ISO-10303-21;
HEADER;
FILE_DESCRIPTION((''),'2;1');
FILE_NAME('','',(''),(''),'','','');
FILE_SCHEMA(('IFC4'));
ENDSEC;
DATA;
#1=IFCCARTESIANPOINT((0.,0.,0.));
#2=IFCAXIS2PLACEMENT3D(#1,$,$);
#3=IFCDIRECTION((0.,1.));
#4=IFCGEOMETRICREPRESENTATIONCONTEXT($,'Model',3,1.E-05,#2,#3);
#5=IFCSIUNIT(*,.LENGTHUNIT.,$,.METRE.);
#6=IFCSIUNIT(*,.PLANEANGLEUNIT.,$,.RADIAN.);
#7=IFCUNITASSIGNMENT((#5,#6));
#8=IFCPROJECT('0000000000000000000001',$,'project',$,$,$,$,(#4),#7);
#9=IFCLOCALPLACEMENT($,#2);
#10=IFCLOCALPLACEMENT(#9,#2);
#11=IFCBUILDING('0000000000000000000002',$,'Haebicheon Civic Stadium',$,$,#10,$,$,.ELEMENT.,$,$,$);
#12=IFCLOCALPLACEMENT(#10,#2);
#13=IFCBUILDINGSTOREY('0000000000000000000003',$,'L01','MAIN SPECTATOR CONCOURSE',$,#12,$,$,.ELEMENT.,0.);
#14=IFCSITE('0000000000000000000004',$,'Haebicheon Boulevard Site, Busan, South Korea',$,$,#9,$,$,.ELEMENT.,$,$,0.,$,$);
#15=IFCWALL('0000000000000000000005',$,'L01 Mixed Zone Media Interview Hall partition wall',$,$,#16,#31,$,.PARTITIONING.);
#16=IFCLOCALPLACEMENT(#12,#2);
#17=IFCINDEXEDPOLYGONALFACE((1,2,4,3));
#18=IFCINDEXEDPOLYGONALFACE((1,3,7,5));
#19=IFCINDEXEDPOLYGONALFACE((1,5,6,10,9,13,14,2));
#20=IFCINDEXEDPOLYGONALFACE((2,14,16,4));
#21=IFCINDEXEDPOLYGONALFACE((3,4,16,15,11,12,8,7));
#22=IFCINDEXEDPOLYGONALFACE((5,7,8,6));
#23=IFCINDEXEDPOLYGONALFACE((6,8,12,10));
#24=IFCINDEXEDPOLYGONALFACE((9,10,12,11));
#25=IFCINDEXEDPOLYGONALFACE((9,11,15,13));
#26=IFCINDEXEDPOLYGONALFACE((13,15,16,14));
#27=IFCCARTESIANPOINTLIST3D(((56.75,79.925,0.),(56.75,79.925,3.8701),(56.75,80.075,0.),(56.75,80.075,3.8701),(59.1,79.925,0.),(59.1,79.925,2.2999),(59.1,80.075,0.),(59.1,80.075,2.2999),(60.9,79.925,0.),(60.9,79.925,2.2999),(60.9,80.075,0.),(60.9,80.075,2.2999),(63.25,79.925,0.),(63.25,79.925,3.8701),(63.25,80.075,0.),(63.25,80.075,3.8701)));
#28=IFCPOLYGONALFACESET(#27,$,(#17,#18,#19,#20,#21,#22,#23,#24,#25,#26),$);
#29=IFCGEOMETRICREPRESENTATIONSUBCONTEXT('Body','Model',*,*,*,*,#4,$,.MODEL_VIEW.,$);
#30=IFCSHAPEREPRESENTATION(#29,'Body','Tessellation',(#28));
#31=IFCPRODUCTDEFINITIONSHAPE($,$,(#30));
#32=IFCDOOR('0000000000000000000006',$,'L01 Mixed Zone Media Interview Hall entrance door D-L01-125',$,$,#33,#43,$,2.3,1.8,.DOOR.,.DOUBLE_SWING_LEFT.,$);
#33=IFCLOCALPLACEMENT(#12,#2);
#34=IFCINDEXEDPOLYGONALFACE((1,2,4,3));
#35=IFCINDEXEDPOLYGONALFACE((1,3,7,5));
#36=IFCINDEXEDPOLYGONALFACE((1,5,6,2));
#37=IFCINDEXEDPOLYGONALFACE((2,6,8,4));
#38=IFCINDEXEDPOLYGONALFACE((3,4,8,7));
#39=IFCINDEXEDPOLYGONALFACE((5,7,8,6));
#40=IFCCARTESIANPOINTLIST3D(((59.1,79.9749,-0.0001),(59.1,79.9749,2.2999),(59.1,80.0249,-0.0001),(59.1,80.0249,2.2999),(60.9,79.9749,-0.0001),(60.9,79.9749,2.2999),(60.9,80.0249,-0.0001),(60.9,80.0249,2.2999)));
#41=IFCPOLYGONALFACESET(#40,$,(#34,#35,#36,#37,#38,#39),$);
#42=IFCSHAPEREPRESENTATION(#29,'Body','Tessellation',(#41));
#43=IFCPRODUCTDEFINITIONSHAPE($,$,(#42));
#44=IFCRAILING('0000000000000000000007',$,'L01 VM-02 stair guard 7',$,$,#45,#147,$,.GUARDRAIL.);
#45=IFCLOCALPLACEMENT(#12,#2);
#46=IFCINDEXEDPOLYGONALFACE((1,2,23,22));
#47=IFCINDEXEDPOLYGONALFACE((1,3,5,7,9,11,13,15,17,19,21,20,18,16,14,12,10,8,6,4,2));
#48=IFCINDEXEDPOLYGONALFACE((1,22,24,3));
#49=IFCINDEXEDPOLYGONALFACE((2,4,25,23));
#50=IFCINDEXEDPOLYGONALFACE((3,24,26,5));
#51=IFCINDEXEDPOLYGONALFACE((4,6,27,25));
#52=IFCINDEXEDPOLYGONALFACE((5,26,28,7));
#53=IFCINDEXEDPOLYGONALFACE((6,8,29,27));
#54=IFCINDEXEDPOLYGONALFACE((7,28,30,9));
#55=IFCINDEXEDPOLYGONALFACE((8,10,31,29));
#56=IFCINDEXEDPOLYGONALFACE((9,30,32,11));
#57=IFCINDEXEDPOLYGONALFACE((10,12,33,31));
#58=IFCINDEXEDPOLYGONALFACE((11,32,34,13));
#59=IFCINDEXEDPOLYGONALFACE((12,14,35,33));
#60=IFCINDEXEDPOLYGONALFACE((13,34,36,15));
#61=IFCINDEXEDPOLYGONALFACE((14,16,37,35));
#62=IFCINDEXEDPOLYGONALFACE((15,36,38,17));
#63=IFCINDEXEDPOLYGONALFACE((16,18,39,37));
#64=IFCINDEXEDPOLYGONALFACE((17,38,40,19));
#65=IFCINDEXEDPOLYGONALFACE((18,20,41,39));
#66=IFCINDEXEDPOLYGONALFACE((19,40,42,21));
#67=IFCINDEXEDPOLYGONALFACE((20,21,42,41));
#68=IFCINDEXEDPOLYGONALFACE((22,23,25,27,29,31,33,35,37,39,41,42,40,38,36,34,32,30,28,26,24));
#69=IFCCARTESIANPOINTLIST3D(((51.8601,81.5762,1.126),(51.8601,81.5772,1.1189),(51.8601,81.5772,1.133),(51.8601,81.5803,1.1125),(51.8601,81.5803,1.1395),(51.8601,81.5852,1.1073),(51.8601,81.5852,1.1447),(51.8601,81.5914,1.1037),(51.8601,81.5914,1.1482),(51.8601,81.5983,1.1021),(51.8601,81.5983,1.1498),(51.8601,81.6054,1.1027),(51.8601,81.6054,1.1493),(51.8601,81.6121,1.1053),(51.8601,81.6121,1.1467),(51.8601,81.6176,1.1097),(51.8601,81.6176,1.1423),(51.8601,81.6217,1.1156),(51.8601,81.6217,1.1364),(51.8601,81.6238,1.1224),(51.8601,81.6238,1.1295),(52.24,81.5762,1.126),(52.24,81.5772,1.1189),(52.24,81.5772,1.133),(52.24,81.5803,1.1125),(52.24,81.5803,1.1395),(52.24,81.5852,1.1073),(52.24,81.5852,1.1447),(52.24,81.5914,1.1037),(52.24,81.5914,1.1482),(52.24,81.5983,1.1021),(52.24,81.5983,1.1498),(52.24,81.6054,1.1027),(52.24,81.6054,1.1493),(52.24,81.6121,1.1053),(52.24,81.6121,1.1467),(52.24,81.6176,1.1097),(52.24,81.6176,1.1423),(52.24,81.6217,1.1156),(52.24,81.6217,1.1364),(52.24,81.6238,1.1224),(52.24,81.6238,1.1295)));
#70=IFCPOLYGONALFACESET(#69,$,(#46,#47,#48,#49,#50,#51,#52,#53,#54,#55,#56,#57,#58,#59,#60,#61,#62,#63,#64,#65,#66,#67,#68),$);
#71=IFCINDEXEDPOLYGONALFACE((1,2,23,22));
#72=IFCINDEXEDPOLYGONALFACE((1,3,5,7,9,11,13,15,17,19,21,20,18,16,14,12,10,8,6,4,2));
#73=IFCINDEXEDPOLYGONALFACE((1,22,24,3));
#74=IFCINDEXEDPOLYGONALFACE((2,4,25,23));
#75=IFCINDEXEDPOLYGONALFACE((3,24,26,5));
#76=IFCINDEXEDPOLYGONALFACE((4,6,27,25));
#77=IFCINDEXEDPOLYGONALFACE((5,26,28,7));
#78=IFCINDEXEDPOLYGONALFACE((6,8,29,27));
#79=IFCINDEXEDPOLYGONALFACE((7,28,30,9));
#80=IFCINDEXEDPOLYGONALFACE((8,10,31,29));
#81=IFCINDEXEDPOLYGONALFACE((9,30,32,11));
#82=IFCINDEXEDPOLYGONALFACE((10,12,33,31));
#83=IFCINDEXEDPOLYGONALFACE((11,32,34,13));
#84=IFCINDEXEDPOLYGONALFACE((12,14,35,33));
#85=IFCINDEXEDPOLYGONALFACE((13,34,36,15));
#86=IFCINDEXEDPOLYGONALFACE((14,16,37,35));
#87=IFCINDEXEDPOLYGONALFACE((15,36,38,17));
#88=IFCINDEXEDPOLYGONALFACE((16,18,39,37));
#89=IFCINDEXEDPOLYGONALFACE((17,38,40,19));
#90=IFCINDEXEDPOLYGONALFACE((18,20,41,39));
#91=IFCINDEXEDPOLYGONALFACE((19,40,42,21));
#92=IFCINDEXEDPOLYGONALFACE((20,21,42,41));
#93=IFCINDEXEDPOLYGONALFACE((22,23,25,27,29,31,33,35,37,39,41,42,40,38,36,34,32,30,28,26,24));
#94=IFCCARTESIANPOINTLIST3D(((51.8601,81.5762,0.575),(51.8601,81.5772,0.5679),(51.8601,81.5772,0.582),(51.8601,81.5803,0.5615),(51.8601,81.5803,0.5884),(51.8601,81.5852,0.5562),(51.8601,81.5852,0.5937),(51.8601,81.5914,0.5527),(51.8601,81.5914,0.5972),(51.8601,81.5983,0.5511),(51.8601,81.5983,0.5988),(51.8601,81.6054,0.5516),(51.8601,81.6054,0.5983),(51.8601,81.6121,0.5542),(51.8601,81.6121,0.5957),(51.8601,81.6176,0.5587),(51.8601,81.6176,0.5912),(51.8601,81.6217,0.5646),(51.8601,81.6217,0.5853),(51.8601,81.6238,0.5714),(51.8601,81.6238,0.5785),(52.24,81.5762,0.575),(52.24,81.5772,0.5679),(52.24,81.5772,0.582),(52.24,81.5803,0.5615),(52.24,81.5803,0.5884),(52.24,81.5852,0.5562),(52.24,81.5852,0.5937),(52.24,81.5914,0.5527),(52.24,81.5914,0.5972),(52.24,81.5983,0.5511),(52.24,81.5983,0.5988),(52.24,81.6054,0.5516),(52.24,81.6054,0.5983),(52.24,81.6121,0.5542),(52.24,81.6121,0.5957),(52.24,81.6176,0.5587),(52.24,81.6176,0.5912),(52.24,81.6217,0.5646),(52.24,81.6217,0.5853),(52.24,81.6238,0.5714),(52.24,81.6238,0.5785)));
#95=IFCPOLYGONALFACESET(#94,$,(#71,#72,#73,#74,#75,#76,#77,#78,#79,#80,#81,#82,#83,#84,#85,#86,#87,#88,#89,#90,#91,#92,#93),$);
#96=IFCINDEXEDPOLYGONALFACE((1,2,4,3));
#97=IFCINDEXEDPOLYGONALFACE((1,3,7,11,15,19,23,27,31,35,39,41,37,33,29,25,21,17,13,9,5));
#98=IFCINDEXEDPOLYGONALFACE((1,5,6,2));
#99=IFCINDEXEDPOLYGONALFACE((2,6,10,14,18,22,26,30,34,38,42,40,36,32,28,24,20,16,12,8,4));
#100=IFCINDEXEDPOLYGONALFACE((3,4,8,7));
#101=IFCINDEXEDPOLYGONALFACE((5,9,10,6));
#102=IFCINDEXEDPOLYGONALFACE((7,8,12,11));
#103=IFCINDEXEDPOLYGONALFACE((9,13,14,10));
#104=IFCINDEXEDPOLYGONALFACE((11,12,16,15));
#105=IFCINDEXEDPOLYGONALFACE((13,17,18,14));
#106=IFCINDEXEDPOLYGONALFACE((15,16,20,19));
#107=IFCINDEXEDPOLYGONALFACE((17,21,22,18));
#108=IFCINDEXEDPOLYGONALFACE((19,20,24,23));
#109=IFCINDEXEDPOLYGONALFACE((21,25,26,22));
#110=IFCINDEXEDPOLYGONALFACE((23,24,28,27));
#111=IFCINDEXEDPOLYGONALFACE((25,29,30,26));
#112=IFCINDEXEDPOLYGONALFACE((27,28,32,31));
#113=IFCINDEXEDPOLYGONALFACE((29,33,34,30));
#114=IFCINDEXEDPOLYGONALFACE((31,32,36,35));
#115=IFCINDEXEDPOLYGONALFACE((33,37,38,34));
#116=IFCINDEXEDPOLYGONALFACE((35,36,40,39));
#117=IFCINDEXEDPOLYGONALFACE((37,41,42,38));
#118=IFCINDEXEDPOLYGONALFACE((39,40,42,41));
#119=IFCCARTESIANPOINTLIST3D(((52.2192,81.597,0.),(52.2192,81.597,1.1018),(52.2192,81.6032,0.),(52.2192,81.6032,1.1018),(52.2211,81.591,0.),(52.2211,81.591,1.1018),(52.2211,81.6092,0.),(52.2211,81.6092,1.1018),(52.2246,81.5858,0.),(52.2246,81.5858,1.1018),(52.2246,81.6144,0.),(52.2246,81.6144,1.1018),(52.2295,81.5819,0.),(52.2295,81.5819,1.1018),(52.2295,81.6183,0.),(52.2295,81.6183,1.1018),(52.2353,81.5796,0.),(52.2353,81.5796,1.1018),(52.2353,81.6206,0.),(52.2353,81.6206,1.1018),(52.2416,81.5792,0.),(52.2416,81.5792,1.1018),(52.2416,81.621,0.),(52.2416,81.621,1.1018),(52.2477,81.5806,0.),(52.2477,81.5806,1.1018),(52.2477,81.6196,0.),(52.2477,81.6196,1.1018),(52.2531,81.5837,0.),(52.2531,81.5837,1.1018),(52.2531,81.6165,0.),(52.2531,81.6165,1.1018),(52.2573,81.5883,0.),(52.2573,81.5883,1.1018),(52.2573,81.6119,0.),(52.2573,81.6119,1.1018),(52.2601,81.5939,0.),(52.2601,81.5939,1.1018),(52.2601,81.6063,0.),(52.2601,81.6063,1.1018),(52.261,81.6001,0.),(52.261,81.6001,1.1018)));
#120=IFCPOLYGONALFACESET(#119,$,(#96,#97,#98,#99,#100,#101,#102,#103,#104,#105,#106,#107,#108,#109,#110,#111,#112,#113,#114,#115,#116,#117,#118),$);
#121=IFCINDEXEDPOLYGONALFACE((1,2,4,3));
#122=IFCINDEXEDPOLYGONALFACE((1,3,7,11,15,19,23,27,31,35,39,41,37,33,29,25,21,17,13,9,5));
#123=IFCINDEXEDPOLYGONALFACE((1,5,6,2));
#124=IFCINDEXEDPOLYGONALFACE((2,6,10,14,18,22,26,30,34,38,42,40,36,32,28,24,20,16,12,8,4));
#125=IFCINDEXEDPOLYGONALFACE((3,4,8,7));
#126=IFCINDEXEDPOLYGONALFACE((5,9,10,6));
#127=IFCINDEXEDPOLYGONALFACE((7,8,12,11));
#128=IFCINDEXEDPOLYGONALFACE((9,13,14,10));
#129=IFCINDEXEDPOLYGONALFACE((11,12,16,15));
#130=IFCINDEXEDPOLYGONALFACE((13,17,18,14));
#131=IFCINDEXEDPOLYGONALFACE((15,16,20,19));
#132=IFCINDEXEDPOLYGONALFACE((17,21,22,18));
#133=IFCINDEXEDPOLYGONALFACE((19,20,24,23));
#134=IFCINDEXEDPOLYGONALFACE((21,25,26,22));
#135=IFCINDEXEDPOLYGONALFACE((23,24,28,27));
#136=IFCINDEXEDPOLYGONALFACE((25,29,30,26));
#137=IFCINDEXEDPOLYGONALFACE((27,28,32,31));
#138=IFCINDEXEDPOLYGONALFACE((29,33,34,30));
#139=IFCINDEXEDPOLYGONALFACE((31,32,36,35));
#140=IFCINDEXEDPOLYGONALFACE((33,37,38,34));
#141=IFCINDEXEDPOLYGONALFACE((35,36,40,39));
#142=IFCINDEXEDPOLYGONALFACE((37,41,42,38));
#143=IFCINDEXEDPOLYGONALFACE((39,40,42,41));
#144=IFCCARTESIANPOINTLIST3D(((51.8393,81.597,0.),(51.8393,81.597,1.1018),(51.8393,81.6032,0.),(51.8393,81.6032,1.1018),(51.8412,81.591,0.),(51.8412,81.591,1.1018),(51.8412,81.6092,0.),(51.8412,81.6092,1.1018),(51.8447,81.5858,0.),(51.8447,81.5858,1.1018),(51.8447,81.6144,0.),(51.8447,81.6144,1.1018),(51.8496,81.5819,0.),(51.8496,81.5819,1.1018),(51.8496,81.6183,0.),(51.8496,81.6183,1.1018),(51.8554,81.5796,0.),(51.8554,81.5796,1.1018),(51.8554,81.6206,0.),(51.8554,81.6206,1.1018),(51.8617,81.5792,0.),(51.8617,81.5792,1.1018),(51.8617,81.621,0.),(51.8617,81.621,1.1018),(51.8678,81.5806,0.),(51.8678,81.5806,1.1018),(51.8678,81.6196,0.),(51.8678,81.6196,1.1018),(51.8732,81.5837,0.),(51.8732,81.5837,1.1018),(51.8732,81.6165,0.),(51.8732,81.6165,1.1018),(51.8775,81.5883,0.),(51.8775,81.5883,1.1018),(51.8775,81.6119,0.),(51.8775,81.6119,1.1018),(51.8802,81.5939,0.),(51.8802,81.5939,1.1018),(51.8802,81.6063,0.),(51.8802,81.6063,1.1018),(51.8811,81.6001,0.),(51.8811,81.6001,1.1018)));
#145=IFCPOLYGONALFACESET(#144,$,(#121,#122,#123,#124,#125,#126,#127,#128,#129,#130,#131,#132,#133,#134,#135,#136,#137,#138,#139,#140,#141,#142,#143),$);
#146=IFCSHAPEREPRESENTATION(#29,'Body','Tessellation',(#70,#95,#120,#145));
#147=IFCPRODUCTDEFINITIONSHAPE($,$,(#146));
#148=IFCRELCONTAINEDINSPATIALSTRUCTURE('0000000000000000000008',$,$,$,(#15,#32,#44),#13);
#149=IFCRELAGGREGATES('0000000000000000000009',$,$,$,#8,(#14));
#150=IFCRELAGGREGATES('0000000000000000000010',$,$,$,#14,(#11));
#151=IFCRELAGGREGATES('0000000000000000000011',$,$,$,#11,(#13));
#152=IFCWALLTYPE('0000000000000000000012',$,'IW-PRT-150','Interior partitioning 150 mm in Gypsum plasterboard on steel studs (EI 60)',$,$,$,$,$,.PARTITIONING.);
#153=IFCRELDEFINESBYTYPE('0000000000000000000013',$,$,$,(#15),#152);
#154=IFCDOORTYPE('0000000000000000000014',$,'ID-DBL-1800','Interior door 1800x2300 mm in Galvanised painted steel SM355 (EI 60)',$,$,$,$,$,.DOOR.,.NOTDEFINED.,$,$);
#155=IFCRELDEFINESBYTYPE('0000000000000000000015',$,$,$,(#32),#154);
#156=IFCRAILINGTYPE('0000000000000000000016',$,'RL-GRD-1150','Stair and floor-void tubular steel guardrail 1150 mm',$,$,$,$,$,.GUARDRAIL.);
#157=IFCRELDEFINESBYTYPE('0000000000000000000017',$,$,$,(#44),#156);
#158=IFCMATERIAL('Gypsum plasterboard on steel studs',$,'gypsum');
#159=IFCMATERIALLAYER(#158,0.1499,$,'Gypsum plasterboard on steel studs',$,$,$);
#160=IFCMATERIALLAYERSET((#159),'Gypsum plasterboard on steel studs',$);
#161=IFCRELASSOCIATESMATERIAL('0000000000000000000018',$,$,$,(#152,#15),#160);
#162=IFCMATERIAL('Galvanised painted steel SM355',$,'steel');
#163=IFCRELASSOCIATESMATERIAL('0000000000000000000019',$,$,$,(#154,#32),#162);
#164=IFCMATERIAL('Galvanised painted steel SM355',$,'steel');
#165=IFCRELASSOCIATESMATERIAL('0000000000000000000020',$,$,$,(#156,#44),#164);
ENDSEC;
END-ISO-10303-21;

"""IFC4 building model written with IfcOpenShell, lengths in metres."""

from ifc_helpers import new_model, si_unit, direction, frame, frame_2d, origin, origin_2d, place, context, subcontext, project, spatial, rectangle, circle, extrude, material, layer, layer_set, type_object, element, fill, save


model = new_model("IFC4")

# Units and contexts
model_context = context("Model", 3, precision=1e-05, world=origin(), true_north=direction((0.0, 1.0)))
body_context = subcontext(model_context, "Body", "Model", "MODEL_VIEW")
ifc_project = project(units=[si_unit("LENGTHUNIT", "METRE"), si_unit("PLANEANGLEUNIT", "RADIAN")], contexts=[model_context])

# Site, building, storey
site_placement = place(None, origin())
site = spatial("IfcSite", under=ifc_project, at=site_placement, Name="Haebicheon Boulevard Site, Busan, South Korea", CompositionType="ELEMENT", RefElevation=0.0)
building_placement = place(site_placement, origin())
building = spatial("IfcBuilding", under=site, at=building_placement, Name="Haebicheon Civic Stadium", CompositionType="ELEMENT")
storey_placement = place(building_placement, origin())
storey = spatial("IfcBuildingStorey", under=building, at=storey_placement, Name="L01", Description="MAIN SPECTATOR CONCOURSE", CompositionType="ELEMENT", Elevation=0.0)

# Wall, opening, door
ifc_material_1 = material(Name="Gypsum plasterboard on steel studs", Category="gypsum")
ifc_layer_1 = layer(ifc_material_1, 0.1499, Name="Gypsum plasterboard on steel studs")
ifc_layer_set_1 = layer_set([ifc_layer_1], Name="Gypsum plasterboard on steel studs")
wall_type_1 = type_object("IfcWallType", Name="IW-PRT-150", Description="Interior partitioning 150 mm in Gypsum plasterboard on steel studs (EI 60)", PredefinedType="PARTITIONING", material=ifc_layer_set_1)
ifc_material_2 = material(Name="Galvanised painted steel SM355", Category="steel")
door_type = type_object("IfcDoorType", Name="ID-DBL-1800", Description="Interior door 1800x2300 mm in Galvanised painted steel SM355 (EI 60)", OperationType="NOTDEFINED", PredefinedType="DOOR", material=ifc_material_2)
wall_1_placement = place(storey_placement, frame((56.75, 80.0, 0.0), z_axis=(0.0, 0.0, 1.0), x_axis=(1.0, 0.0, 0.0)))
wall_1 = element("IfcWall", 1, at=wall_1_placement, inside=storey, type_object=wall_type_1, material=ifc_layer_set_1, Name="L01 Mixed Zone Media Interview Hall partition wall", PredefinedType="PARTITIONING", context=body_context, shape_type="SweptSolid", body=[
    extrude(rectangle(XDim=6.5, YDim=0.1499, at=frame_2d((3.25, 0.0))), origin(), (0.0, 0.0, 1.0), 3.8701),
])
opening_1_placement = place(wall_1_placement, frame((2.3501, 0.0, 0.0)))
opening_1 = element("IfcOpeningElement", 2, at=opening_1_placement, cuts=wall_1, PredefinedType="OPENING", context=body_context, shape_type="SweptSolid", body=[
    extrude(rectangle(XDim=1.8, YDim=2.3, at=frame_2d((0.8999, 1.1499))), frame((0.0, 0.085, 0.0), z_axis=(0.0, -1.0, 0.0), x_axis=(1.0, 0.0, 0.0)), (0.0, 0.0, 1.0), 0.1699),
])
door_1_placement = place(opening_1_placement, origin())
door_1 = element("IfcDoor", 3, at=door_1_placement, inside=storey, type_object=door_type, material=ifc_material_2, Name="L01 Mixed Zone Media Interview Hall entrance door D-L01-125", OperationType="DOUBLE_SWING_LEFT", OverallHeight=2.3, OverallWidth=1.8, PredefinedType="DOOR", context=body_context, shape_type="SweptSolid", body=[
    extrude(rectangle(XDim=1.8, YDim=2.3, at=frame_2d((0.8999, 1.1499))), frame((0.0, 0.0249, 0.0), z_axis=(0.0, -1.0, 0.0), x_axis=(1.0, 0.0, 0.0)), (0.0, 0.0, 1.0), 0.05),
])
fill(opening_1, door_1)

# Railing
ifc_material_3 = material(Name="Galvanised painted steel SM355", Category="steel")
railing_type = type_object("IfcRailingType", Name="RL-GRD-1150", Description="Stair and floor-void tubular steel guardrail 1150 mm", PredefinedType="GUARDRAIL", material=ifc_material_3)
railing_1_placement = place(storey_placement, frame((52.24, 81.6001, 0.0)))
element("IfcRailing", 4, at=railing_1_placement, inside=storey, type_object=railing_type, material=ifc_material_3, Name="L01 VM-02 stair guard 7", PredefinedType="GUARDRAIL", context=body_context, shape_type="SweptSolid", body=[
    extrude(circle(Radius=0.0239, at=origin_2d()), frame((0.0, 0.0, 1.126), z_axis=(-1.0, 0.0, 0.0), x_axis=(0.0, -1.0, 0.0)), (0.0, 0.0, 1.0), 0.3799),
    extrude(circle(Radius=0.0239, at=origin_2d()), frame((0.0, 0.0, 0.575), z_axis=(-1.0, 0.0, 0.0), x_axis=(0.0, -1.0, 0.0)), (0.0, 0.0, 1.0), 0.3799),
    extrude(circle(Radius=0.021, at=origin_2d()), origin(), (0.0, 0.0, 1.0), 1.1018),
    extrude(circle(Radius=0.021, at=origin_2d()), frame((-0.3799, 0.0, 0.0)), (0.0, 0.0, 1.0), 1.1018),
])

save(model, "model.ifc")
